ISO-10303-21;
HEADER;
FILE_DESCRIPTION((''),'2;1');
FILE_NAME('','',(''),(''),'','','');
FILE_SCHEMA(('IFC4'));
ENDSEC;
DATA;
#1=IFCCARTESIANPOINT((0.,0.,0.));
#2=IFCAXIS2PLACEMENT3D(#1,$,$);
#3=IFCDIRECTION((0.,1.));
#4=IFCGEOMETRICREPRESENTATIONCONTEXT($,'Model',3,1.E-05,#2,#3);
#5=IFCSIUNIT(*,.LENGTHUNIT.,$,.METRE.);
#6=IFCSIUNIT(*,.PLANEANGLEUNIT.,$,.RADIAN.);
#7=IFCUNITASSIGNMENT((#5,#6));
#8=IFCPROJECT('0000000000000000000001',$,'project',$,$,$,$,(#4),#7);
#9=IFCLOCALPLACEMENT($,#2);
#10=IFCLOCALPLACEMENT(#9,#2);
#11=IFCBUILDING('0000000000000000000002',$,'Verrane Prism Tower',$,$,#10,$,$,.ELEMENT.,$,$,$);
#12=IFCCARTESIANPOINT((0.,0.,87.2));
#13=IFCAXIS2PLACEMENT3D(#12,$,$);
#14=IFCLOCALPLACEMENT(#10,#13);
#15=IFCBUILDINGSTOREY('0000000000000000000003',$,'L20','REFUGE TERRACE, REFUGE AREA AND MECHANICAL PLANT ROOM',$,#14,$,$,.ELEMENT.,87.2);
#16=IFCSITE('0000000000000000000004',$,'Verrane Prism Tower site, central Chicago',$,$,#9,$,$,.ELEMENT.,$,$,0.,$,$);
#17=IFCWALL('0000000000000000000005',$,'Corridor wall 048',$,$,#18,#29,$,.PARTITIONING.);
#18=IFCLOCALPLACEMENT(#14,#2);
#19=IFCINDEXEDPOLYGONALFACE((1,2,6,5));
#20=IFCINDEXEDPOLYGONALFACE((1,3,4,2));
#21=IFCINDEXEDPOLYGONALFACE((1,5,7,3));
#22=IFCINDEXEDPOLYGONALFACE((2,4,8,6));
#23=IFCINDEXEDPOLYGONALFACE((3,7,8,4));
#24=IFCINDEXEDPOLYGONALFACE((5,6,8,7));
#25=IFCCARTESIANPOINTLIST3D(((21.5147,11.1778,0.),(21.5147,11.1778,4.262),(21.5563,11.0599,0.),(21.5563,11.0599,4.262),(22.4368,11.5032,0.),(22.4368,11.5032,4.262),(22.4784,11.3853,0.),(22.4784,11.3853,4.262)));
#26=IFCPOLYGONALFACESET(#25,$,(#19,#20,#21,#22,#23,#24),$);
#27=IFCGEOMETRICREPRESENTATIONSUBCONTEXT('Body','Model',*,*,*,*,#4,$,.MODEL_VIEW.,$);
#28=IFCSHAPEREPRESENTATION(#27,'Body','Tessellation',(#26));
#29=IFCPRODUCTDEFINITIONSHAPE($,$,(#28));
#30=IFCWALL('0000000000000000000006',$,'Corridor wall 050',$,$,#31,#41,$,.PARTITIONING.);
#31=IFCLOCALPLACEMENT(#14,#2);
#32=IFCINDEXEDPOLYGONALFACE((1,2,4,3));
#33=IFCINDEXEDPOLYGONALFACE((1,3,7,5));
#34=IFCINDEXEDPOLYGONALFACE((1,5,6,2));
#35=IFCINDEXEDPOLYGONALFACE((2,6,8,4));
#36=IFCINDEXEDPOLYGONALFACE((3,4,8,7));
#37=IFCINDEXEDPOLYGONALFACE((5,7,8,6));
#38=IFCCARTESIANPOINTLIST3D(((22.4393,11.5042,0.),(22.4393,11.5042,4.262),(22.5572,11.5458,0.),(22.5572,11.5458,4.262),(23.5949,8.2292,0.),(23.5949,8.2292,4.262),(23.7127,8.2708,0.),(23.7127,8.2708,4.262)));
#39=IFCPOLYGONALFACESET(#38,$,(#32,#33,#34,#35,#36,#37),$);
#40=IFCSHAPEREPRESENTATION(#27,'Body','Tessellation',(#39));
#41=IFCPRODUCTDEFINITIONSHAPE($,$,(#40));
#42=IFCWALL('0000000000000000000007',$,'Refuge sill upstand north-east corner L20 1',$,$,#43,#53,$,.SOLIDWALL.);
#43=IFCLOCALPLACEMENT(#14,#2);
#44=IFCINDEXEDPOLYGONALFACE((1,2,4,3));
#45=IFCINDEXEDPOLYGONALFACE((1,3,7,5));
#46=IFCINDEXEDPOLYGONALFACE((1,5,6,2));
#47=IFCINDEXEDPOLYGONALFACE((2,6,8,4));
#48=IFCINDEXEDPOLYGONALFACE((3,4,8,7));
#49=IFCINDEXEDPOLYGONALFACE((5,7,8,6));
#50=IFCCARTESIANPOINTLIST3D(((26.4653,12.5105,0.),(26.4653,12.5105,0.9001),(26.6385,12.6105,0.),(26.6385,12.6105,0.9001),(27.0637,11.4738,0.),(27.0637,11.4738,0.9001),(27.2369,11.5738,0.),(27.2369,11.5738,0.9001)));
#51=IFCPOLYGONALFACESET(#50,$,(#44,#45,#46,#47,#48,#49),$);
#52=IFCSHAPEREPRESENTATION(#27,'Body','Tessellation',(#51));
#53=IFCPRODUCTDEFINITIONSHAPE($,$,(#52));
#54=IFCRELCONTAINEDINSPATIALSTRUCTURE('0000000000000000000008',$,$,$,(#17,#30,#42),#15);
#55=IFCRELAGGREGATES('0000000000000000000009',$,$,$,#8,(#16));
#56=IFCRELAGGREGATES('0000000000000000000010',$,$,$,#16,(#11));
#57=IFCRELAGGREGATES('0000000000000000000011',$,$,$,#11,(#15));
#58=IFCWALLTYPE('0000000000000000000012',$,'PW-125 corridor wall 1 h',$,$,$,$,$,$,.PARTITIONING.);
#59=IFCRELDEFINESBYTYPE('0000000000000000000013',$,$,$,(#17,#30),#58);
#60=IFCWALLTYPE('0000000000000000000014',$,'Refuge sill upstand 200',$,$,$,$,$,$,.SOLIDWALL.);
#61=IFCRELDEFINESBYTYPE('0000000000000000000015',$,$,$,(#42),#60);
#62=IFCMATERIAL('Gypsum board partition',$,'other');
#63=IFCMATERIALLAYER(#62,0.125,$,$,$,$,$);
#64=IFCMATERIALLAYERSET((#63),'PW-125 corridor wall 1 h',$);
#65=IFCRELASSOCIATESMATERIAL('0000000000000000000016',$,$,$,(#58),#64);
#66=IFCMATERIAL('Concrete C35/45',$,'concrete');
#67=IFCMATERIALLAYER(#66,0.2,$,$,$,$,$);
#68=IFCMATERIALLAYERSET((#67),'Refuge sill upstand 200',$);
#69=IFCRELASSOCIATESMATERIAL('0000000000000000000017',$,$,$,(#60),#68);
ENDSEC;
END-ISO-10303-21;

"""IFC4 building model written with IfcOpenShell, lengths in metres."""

from ifc_helpers import new_model, si_unit, direction, frame, frame_2d, origin, place, context, subcontext, project, spatial, rectangle, extrude, material, layer, layer_set, type_object, element, save


model = new_model("IFC4")

# Units and contexts
model_context = context("Model", 3, precision=1e-05, world=origin(), true_north=direction((0.0, 1.0)))
body_context = subcontext(model_context, "Body", "Model", "MODEL_VIEW")
ifc_project = project(units=[si_unit("LENGTHUNIT", "METRE"), si_unit("PLANEANGLEUNIT", "RADIAN")], contexts=[model_context])

# Site, building, storey
site_placement = place(None, origin())
site = spatial("IfcSite", under=ifc_project, at=site_placement, Name="Verrane Prism Tower site, central Chicago", CompositionType="ELEMENT", RefElevation=0.0)
building_placement = place(site_placement, origin())
building = spatial("IfcBuilding", under=site, at=building_placement, Name="Verrane Prism Tower", CompositionType="ELEMENT")
storey_placement = place(building_placement, frame((0.0, 0.0, 87.2)))
storey = spatial("IfcBuildingStorey", under=building, at=storey_placement, Name="L20", Description="REFUGE TERRACE, REFUGE AREA AND MECHANICAL PLANT ROOM", CompositionType="ELEMENT", Elevation=87.2)

# Shared definitions
ifc_material_1 = material(Name="Gypsum board partition", Category="other")
ifc_layer_1 = layer(ifc_material_1, 0.125)
ifc_layer_set_1 = layer_set([ifc_layer_1], Name="PW-125 corridor wall 1 h")
wall_type_1 = type_object("IfcWallType", Name="PW-125 corridor wall 1 h", PredefinedType="PARTITIONING", material=ifc_layer_set_1)

# Walls
wall_1_placement = place(storey_placement, frame((21.5356, 11.1189, 0.0), z_axis=(0.0, 0.0, 1.0), x_axis=(0.942995, 0.332807, 0.0)))
element("IfcWall", 1, at=wall_1_placement, inside=storey, type_object=wall_type_1, Name="Corridor wall 048", PredefinedType="PARTITIONING", context=body_context, shape_type="SweptSolid", body=[
    extrude(rectangle(XDim=0.9778, YDim=0.125, at=frame_2d((0.4888, 0.0))), origin(), (0.0, 0.0, 1.0), 4.262),
])
wall_2_placement = place(storey_placement, frame((22.4983, 11.5249, 0.0), z_axis=(0.0, 0.0, 1.0), x_axis=(0.332736, -0.94302, 0.0)))
element("IfcWall", 2, at=wall_2_placement, inside=storey, type_object=wall_type_1, Name="Corridor wall 050", PredefinedType="PARTITIONING", context=body_context, shape_type="SweptSolid", body=[
    extrude(rectangle(XDim=3.4729, YDim=0.125, at=frame_2d((1.7363, 0.0))), origin(), (0.0, 0.0, 1.0), 4.262),
])
ifc_material_2 = material(Name="Concrete C35/45", Category="concrete")
ifc_layer_2 = layer(ifc_material_2, 0.2)
ifc_layer_set_2 = layer_set([ifc_layer_2], Name="Refuge sill upstand 200")
wall_type_2 = type_object("IfcWallType", Name="Refuge sill upstand 200", PredefinedType="SOLIDWALL", material=ifc_layer_set_2)
wall_3_placement = place(storey_placement, frame((27.1504, 11.5237, 0.0), z_axis=(0.0, 0.0, 1.0), x_axis=(-0.499934, 0.866063, 0.0)))
element("IfcWall", 3, at=wall_3_placement, inside=storey, type_object=wall_type_2, Name="Refuge sill upstand north-east corner L20 1", PredefinedType="SOLIDWALL", context=body_context, shape_type="SweptSolid", body=[
    extrude(rectangle(XDim=1.197, YDim=0.2, at=frame_2d((0.5986, 0.0))), origin(), (0.0, 0.0, 1.0), 0.9001),
])

save(model, "model.ifc")
